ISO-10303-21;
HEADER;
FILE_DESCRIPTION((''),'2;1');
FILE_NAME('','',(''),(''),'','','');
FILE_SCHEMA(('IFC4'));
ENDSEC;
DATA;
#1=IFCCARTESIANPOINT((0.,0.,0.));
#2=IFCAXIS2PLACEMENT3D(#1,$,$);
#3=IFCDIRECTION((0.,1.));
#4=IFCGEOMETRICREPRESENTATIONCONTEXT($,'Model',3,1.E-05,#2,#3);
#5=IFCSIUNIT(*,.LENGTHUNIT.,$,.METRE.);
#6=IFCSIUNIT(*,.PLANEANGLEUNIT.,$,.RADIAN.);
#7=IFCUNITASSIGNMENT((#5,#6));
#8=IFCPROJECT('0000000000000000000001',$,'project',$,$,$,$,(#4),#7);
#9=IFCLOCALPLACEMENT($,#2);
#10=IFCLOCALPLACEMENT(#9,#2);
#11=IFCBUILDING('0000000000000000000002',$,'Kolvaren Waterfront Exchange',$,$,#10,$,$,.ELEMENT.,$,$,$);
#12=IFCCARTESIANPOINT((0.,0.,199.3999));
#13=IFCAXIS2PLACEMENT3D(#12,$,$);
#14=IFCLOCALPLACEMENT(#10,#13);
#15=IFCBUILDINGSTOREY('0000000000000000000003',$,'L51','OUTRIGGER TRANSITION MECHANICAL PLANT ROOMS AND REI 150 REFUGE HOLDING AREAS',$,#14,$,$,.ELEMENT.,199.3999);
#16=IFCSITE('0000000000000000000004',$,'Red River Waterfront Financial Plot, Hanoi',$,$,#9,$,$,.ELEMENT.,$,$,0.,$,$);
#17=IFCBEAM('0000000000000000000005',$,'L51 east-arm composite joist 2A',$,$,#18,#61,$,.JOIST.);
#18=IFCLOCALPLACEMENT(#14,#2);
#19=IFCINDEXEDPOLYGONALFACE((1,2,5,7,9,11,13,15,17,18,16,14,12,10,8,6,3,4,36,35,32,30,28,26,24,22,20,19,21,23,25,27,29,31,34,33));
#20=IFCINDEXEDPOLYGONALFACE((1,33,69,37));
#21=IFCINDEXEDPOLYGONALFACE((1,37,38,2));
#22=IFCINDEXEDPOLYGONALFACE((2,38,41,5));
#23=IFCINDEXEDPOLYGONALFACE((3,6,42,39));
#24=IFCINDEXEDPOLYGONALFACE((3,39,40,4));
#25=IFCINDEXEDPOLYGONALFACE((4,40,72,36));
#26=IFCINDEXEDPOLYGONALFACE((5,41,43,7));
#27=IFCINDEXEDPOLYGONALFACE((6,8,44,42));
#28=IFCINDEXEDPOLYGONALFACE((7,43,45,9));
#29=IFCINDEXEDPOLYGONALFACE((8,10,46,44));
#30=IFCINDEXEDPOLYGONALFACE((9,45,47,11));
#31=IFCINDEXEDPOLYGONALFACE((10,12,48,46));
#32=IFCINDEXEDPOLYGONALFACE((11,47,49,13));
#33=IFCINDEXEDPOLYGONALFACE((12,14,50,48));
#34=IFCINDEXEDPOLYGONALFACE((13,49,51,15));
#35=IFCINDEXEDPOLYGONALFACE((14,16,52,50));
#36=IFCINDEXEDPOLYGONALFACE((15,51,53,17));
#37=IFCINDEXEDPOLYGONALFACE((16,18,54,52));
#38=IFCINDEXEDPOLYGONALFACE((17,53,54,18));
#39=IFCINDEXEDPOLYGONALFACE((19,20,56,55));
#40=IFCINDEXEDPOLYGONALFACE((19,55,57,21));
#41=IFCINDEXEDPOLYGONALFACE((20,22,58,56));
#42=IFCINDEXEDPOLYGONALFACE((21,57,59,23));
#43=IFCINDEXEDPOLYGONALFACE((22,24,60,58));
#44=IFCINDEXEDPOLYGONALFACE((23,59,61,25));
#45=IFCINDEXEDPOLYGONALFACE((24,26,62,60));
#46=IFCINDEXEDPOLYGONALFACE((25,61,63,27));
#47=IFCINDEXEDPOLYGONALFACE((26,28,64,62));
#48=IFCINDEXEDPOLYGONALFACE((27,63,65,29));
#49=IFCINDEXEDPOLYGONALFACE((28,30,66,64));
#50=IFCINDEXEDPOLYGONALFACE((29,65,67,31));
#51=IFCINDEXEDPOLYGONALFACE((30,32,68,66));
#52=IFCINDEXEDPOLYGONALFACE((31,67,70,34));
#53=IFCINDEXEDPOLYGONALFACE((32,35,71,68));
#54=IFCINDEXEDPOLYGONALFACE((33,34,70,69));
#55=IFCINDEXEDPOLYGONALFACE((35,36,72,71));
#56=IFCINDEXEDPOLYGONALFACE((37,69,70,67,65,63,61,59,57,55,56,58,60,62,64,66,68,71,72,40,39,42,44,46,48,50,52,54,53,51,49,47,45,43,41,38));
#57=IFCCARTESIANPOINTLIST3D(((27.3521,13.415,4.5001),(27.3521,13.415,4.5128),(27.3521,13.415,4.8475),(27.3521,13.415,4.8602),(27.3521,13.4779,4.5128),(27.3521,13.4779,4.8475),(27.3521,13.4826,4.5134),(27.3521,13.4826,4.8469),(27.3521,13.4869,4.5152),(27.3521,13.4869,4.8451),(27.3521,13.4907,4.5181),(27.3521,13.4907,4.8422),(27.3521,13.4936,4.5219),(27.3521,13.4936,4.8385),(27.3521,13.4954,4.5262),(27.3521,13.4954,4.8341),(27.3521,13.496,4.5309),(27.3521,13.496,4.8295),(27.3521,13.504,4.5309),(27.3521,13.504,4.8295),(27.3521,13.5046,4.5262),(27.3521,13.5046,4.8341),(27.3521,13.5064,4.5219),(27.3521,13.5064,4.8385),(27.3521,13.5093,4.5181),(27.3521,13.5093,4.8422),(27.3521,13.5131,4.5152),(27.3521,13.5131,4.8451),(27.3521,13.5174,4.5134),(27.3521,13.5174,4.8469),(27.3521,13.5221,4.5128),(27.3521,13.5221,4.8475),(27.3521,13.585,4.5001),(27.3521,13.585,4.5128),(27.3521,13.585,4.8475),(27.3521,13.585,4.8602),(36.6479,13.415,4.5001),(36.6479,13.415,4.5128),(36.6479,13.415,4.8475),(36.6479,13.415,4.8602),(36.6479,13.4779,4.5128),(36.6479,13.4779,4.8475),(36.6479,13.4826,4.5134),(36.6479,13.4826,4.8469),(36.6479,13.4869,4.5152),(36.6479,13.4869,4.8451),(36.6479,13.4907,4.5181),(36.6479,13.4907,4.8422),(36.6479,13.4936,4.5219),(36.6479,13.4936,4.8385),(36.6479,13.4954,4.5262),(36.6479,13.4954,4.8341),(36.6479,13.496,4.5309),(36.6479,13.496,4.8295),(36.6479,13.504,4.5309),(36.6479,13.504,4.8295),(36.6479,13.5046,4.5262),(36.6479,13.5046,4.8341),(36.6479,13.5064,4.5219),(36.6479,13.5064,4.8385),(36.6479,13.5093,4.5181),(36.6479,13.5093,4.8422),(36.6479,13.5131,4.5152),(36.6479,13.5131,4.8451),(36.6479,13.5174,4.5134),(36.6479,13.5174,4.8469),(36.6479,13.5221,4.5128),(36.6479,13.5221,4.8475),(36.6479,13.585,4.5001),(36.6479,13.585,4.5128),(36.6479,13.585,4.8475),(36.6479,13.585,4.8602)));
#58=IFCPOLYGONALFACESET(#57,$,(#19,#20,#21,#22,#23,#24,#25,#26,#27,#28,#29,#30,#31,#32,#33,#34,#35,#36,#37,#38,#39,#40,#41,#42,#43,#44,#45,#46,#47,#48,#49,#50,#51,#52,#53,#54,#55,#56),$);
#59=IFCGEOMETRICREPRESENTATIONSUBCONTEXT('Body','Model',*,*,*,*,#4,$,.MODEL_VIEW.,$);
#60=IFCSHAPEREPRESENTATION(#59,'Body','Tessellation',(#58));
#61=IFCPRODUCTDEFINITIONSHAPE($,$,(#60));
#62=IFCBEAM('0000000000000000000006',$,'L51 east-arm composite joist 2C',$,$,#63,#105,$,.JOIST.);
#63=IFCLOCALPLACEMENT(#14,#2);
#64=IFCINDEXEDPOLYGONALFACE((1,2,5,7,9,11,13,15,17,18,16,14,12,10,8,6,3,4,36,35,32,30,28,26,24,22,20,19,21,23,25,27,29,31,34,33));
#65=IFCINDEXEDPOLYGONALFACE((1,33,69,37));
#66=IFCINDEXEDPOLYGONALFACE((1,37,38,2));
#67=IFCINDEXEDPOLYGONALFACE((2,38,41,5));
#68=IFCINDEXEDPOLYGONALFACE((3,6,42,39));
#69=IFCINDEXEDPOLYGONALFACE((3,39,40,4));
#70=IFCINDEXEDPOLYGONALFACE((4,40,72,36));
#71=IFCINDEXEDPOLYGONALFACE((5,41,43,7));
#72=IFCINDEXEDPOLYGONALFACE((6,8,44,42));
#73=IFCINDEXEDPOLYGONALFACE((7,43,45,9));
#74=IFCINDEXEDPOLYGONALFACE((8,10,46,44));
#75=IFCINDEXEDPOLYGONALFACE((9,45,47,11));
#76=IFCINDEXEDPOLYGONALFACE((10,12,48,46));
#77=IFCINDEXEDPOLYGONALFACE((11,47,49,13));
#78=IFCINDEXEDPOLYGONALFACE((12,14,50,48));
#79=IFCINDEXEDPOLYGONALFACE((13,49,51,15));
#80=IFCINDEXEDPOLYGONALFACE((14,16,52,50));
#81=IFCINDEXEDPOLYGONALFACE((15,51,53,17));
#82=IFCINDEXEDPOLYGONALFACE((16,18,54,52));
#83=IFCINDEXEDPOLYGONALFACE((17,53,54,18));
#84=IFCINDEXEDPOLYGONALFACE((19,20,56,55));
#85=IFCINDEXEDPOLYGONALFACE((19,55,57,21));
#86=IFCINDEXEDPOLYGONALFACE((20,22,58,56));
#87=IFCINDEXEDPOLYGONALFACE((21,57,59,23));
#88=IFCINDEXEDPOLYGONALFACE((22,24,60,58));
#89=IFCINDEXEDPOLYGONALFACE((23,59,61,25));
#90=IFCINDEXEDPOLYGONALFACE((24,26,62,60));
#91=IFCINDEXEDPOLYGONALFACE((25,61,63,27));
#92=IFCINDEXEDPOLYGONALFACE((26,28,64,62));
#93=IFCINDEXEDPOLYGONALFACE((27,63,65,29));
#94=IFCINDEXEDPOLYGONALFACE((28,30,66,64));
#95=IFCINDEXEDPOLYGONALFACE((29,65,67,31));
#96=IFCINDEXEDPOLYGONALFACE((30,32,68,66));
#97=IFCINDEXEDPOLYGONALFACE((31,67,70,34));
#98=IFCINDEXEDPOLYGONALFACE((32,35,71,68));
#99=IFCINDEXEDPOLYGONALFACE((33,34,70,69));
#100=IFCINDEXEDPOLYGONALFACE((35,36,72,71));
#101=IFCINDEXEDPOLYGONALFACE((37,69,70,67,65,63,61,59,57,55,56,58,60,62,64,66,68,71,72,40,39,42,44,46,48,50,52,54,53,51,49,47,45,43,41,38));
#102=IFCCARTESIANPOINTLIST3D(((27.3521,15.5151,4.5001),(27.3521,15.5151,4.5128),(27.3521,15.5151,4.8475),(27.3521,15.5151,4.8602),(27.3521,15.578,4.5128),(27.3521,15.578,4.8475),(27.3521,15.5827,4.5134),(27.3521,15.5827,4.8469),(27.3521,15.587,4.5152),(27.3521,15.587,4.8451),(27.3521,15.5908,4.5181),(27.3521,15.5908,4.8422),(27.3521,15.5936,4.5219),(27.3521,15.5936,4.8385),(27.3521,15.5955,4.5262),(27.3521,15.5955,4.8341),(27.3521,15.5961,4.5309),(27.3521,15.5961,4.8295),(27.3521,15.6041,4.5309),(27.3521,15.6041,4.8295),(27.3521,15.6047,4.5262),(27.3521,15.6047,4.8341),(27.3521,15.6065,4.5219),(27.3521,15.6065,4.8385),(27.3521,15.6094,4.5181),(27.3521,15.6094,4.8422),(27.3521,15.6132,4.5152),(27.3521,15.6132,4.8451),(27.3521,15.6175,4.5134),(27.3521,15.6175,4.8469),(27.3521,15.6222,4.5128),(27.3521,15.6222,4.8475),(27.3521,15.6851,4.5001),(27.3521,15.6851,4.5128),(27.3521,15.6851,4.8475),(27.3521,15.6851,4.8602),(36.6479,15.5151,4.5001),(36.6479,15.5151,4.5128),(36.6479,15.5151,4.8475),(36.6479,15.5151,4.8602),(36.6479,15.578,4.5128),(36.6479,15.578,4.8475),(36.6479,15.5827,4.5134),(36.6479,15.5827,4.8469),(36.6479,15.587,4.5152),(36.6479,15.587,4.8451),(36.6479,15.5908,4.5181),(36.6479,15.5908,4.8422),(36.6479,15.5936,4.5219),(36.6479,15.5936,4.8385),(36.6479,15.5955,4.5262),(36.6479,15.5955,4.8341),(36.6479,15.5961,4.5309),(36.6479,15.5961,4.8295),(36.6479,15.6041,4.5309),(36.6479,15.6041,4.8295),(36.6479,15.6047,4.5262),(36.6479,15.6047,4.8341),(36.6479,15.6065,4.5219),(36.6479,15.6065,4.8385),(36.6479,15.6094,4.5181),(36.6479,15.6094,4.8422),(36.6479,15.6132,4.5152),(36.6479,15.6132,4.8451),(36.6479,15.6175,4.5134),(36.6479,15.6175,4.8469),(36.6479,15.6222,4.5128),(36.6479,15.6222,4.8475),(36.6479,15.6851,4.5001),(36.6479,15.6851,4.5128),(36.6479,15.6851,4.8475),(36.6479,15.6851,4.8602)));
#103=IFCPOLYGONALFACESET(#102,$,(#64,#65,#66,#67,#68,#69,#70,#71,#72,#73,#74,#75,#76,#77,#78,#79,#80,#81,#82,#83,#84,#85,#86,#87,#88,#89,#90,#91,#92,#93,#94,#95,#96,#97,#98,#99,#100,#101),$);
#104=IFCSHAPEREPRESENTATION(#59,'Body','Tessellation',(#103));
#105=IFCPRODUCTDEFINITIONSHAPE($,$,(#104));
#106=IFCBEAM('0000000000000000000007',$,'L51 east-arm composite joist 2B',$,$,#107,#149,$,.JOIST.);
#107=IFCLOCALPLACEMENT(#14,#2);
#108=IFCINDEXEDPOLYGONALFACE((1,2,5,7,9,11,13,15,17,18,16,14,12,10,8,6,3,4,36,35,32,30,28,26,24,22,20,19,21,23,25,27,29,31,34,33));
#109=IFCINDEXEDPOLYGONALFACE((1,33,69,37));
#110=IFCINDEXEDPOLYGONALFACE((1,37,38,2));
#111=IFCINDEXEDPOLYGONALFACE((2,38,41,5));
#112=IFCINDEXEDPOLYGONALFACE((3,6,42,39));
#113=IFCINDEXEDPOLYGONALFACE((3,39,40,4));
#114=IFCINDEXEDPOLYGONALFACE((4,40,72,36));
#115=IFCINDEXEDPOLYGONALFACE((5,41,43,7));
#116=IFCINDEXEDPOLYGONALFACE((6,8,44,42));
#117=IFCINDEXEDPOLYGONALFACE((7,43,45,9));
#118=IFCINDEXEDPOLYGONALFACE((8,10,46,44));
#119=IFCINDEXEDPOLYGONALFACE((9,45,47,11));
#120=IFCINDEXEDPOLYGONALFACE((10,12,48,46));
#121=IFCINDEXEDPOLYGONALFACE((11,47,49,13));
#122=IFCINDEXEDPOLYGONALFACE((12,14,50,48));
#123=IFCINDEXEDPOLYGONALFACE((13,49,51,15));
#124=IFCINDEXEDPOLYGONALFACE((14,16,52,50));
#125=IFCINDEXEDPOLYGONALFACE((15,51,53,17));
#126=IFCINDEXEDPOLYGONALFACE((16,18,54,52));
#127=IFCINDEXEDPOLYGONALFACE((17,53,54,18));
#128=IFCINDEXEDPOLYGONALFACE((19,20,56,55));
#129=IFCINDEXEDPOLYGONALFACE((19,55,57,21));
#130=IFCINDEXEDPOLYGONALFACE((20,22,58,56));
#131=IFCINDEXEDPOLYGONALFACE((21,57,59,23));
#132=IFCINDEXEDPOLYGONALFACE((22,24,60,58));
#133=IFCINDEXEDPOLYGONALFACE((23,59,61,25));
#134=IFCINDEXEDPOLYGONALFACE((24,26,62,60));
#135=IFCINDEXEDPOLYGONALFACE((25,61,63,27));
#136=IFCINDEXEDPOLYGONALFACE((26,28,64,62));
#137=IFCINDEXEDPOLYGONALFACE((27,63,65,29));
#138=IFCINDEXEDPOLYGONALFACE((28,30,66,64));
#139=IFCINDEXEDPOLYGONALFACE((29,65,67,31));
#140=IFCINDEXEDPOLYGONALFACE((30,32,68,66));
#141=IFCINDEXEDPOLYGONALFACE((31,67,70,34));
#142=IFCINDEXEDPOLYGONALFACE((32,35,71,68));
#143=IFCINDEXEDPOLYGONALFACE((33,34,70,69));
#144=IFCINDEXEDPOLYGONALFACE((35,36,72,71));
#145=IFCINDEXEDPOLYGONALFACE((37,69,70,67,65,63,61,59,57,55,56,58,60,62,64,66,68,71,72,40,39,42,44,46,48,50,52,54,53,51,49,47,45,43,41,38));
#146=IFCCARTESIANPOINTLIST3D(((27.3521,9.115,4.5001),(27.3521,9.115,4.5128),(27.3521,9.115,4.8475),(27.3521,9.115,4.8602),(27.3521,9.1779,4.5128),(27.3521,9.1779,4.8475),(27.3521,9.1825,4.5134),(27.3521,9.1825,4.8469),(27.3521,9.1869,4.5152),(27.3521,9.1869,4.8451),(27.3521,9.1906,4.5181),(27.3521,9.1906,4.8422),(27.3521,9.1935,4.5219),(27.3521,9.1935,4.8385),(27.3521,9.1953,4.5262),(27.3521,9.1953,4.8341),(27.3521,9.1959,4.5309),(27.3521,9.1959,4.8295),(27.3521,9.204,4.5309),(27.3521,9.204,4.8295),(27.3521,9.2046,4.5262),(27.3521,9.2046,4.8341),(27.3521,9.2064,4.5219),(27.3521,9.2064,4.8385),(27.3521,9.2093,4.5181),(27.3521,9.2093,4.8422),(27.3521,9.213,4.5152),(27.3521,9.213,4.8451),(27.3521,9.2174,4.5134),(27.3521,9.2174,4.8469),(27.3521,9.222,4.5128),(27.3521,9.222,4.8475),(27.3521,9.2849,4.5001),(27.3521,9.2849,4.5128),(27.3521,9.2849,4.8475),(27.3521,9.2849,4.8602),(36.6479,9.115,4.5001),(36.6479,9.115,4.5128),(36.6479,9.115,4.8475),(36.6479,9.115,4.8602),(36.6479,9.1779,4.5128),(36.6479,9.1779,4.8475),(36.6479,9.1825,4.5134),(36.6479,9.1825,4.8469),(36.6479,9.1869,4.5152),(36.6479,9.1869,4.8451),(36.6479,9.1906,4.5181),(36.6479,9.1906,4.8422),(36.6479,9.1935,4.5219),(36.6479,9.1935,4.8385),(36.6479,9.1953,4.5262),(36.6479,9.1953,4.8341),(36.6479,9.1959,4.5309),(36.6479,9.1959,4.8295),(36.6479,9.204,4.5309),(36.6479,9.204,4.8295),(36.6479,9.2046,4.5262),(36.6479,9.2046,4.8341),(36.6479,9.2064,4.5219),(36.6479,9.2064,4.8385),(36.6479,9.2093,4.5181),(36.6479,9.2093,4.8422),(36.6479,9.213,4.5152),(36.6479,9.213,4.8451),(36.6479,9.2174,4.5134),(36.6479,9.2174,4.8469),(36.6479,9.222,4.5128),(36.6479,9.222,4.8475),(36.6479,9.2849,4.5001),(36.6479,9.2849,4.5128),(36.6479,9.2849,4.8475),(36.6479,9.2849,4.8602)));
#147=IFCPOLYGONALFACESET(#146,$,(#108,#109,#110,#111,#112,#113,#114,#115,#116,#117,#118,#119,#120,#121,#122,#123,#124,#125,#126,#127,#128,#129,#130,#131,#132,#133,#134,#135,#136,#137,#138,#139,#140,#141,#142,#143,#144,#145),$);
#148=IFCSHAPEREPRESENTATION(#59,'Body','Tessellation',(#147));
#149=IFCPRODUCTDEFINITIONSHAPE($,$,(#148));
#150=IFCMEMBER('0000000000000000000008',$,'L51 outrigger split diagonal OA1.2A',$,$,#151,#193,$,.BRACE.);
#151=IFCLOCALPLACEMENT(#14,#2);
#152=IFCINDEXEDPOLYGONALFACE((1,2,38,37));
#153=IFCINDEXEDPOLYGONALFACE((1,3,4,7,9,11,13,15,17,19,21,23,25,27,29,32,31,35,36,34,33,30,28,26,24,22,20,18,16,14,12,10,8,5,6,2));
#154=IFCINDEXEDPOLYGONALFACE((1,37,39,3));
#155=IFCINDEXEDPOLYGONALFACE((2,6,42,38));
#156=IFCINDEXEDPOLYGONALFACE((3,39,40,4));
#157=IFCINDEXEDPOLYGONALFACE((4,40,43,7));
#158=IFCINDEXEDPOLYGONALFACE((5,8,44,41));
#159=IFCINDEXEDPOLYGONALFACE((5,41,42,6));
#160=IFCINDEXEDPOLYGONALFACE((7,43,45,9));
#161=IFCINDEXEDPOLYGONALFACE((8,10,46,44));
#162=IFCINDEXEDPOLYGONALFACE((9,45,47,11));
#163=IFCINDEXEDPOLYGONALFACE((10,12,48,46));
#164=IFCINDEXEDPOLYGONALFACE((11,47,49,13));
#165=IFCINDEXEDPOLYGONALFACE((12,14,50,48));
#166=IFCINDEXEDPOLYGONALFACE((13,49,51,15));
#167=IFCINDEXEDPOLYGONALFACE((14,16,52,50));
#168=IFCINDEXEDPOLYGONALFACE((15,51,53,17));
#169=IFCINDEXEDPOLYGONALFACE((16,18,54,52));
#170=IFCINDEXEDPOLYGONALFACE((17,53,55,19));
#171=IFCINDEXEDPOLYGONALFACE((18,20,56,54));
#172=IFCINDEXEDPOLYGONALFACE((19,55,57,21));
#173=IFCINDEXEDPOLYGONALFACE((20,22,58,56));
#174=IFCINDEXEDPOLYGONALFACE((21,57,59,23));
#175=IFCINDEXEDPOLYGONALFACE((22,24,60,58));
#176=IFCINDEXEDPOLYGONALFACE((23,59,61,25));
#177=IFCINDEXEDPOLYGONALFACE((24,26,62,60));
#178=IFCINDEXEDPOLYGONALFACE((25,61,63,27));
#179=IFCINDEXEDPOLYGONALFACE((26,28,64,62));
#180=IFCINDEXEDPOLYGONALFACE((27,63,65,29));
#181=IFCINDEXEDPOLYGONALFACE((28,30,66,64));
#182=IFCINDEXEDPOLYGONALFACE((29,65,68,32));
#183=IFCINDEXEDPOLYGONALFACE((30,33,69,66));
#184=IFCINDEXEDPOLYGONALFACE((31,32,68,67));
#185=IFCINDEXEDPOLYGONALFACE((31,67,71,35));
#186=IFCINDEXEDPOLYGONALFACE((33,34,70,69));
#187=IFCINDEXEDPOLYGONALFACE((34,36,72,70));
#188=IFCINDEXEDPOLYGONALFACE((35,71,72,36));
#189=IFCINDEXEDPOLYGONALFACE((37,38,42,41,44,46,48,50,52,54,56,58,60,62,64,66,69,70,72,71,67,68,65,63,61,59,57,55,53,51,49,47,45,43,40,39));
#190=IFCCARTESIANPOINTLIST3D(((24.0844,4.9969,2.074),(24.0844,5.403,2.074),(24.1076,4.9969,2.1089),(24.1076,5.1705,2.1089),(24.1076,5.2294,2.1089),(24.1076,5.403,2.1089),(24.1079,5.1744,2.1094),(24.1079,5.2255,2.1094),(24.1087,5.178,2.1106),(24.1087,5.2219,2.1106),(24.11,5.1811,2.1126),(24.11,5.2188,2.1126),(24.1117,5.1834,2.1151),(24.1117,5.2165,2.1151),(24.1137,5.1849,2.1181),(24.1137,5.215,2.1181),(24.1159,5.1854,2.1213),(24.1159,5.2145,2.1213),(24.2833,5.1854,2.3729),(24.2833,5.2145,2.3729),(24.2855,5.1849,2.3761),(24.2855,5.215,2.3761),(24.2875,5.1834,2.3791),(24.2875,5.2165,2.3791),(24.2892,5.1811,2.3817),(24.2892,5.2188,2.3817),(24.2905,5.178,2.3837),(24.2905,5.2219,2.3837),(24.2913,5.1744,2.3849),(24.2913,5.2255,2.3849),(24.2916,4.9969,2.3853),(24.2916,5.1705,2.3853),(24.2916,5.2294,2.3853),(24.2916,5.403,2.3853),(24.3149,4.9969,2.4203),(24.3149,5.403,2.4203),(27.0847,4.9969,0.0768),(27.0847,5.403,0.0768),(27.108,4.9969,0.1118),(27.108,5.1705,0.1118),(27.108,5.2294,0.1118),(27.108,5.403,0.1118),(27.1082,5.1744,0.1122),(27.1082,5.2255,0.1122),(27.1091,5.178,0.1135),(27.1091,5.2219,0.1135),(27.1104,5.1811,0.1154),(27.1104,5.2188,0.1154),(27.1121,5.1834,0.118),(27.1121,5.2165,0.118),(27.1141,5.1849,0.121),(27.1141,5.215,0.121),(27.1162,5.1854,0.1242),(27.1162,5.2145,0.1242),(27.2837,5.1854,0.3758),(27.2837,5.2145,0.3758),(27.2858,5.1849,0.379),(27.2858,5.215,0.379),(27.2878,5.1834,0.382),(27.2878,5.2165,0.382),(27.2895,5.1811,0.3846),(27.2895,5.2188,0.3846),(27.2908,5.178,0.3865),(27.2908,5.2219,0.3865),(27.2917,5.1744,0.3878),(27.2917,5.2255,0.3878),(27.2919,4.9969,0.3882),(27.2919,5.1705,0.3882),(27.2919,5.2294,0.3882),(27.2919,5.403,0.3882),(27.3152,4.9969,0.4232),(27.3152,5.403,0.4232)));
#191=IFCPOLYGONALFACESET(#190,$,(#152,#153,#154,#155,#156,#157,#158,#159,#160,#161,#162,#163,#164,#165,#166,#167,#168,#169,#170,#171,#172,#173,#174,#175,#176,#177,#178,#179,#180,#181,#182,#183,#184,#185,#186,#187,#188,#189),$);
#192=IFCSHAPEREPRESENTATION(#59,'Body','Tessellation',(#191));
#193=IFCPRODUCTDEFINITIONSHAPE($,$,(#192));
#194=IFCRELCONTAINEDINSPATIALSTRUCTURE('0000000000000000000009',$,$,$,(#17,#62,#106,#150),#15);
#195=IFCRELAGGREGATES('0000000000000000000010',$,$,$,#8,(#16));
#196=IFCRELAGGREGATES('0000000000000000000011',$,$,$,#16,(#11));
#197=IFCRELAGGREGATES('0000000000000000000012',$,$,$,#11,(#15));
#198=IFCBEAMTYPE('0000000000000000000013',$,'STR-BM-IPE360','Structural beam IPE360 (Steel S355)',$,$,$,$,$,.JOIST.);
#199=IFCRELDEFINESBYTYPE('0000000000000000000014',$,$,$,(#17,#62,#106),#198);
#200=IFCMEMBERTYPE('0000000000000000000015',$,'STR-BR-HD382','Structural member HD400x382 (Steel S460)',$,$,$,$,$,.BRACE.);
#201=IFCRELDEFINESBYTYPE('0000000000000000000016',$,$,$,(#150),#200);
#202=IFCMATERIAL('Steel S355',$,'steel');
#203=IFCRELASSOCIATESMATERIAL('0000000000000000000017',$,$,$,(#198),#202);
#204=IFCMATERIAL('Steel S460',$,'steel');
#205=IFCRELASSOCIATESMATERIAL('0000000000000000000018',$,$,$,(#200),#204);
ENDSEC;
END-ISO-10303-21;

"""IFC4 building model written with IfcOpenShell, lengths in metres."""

from ifc_helpers import new_model, si_unit, direction, frame, origin, origin_2d, place, context, subcontext, project, spatial, i_section, extrude, material, material_profile, profile_set, type_object, element, save


model = new_model("IFC4")

# Units and contexts
model_context = context("Model", 3, precision=1e-05, world=origin(), true_north=direction((0.0, 1.0)))
body_context = subcontext(model_context, "Body", "Model", "MODEL_VIEW")
ifc_project = project(units=[si_unit("LENGTHUNIT", "METRE"), si_unit("PLANEANGLEUNIT", "RADIAN")], contexts=[model_context])

# Site, building, storey
site_placement = place(None, origin())
site = spatial("IfcSite", under=ifc_project, at=site_placement, Name="Red River Waterfront Financial Plot, Hanoi", CompositionType="ELEMENT", RefElevation=0.0)
building_placement = place(site_placement, origin())
building = spatial("IfcBuilding", under=site, at=building_placement, Name="Kolvaren Waterfront Exchange", CompositionType="ELEMENT")
storey_placement = place(building_placement, frame((0.0, 0.0, 199.3999)))
storey = spatial("IfcBuildingStorey", under=building, at=storey_placement, Name="L51", Description="OUTRIGGER TRANSITION MECHANICAL PLANT ROOMS AND REI 150 REFUGE HOLDING AREAS", CompositionType="ELEMENT", Elevation=199.3999)

# Beams
ifc_material_1 = material(Name="Steel S355", Category="steel")
ifc_material_profile_1 = material_profile(ifc_material_1, i_section(OverallWidth=0.1699, OverallDepth=0.3601, WebThickness=0.0081, FlangeThickness=0.0127, FilletRadius=0.0181, at=origin_2d()), Name="IPE360")
ifc_profile_set_1 = profile_set([ifc_material_profile_1], Name="Steel S355")
beam_type_1 = type_object("IfcBeamType", Name="STR-BM-IPE360", Description="Structural beam IPE360 (Steel S355)", PredefinedType="JOIST", material=ifc_profile_set_1)
for number, where, z_axis, x_axis, name in (
    (1, (27.3521, 13.5, 4.6802), (1.0, 0.0, 0.0), (0.0, 1.0, 0.0), "L51 east-arm composite joist 2A"),
    (2, (27.3521, 15.6001, 4.6802), (1.0, 0.0, 0.0), (0.0, 1.0, 0.0), "L51 east-arm composite joist 2C"),
    (3, (27.3521, 9.2, 4.6802), (1.0, 0.0, 0.0), (0.0, 1.0, 0.0), "L51 east-arm composite joist 2B"),
):
    element("IfcBeam", number, at=place(storey_placement, frame(where, z_axis=z_axis, x_axis=x_axis)), inside=storey, type_object=beam_type_1, Name=name, PredefinedType="JOIST", context=body_context, shape_type="SweptSolid", body=[
        extrude(i_section(OverallWidth=0.1699, OverallDepth=0.3601, WebThickness=0.0081, FlangeThickness=0.0127, FilletRadius=0.0181, at=origin_2d()), origin(), (0.0, 0.0, 1.0), 9.2959),
    ])

# Member
ifc_material_2 = material(Name="Steel S460", Category="steel")
ifc_material_profile_2 = material_profile(ifc_material_2, i_section(OverallWidth=0.406, OverallDepth=0.416, WebThickness=0.0291, FlangeThickness=0.042, FilletRadius=0.0149, at=origin_2d()), Name="HD400x382")
ifc_profile_set_2 = profile_set([ifc_material_profile_2], Name="Steel S460")
member_type = type_object("IfcMemberType", Name="STR-BR-HD382", Description="Structural member HD400x382 (Steel S460)", PredefinedType="BRACE", material=ifc_profile_set_2)
member_placement = place(storey_placement, frame((27.2, 5.2, 0.25), z_axis=(-0.832446, 0.0, 0.554106), x_axis=(0.0, -1.0, 0.0)))
element("IfcMember", 4, at=member_placement, inside=storey, type_object=member_type, Name="L51 outrigger split diagonal OA1.2A", PredefinedType="BRACE", context=body_context, shape_type="SweptSolid", body=[
    extrude(i_section(OverallWidth=0.406, OverallDepth=0.416, WebThickness=0.0291, FlangeThickness=0.042, FilletRadius=0.0149, at=origin_2d()), origin(), (0.0, 0.0, 1.0), 3.6042),
])

save(model, "model.ifc")
